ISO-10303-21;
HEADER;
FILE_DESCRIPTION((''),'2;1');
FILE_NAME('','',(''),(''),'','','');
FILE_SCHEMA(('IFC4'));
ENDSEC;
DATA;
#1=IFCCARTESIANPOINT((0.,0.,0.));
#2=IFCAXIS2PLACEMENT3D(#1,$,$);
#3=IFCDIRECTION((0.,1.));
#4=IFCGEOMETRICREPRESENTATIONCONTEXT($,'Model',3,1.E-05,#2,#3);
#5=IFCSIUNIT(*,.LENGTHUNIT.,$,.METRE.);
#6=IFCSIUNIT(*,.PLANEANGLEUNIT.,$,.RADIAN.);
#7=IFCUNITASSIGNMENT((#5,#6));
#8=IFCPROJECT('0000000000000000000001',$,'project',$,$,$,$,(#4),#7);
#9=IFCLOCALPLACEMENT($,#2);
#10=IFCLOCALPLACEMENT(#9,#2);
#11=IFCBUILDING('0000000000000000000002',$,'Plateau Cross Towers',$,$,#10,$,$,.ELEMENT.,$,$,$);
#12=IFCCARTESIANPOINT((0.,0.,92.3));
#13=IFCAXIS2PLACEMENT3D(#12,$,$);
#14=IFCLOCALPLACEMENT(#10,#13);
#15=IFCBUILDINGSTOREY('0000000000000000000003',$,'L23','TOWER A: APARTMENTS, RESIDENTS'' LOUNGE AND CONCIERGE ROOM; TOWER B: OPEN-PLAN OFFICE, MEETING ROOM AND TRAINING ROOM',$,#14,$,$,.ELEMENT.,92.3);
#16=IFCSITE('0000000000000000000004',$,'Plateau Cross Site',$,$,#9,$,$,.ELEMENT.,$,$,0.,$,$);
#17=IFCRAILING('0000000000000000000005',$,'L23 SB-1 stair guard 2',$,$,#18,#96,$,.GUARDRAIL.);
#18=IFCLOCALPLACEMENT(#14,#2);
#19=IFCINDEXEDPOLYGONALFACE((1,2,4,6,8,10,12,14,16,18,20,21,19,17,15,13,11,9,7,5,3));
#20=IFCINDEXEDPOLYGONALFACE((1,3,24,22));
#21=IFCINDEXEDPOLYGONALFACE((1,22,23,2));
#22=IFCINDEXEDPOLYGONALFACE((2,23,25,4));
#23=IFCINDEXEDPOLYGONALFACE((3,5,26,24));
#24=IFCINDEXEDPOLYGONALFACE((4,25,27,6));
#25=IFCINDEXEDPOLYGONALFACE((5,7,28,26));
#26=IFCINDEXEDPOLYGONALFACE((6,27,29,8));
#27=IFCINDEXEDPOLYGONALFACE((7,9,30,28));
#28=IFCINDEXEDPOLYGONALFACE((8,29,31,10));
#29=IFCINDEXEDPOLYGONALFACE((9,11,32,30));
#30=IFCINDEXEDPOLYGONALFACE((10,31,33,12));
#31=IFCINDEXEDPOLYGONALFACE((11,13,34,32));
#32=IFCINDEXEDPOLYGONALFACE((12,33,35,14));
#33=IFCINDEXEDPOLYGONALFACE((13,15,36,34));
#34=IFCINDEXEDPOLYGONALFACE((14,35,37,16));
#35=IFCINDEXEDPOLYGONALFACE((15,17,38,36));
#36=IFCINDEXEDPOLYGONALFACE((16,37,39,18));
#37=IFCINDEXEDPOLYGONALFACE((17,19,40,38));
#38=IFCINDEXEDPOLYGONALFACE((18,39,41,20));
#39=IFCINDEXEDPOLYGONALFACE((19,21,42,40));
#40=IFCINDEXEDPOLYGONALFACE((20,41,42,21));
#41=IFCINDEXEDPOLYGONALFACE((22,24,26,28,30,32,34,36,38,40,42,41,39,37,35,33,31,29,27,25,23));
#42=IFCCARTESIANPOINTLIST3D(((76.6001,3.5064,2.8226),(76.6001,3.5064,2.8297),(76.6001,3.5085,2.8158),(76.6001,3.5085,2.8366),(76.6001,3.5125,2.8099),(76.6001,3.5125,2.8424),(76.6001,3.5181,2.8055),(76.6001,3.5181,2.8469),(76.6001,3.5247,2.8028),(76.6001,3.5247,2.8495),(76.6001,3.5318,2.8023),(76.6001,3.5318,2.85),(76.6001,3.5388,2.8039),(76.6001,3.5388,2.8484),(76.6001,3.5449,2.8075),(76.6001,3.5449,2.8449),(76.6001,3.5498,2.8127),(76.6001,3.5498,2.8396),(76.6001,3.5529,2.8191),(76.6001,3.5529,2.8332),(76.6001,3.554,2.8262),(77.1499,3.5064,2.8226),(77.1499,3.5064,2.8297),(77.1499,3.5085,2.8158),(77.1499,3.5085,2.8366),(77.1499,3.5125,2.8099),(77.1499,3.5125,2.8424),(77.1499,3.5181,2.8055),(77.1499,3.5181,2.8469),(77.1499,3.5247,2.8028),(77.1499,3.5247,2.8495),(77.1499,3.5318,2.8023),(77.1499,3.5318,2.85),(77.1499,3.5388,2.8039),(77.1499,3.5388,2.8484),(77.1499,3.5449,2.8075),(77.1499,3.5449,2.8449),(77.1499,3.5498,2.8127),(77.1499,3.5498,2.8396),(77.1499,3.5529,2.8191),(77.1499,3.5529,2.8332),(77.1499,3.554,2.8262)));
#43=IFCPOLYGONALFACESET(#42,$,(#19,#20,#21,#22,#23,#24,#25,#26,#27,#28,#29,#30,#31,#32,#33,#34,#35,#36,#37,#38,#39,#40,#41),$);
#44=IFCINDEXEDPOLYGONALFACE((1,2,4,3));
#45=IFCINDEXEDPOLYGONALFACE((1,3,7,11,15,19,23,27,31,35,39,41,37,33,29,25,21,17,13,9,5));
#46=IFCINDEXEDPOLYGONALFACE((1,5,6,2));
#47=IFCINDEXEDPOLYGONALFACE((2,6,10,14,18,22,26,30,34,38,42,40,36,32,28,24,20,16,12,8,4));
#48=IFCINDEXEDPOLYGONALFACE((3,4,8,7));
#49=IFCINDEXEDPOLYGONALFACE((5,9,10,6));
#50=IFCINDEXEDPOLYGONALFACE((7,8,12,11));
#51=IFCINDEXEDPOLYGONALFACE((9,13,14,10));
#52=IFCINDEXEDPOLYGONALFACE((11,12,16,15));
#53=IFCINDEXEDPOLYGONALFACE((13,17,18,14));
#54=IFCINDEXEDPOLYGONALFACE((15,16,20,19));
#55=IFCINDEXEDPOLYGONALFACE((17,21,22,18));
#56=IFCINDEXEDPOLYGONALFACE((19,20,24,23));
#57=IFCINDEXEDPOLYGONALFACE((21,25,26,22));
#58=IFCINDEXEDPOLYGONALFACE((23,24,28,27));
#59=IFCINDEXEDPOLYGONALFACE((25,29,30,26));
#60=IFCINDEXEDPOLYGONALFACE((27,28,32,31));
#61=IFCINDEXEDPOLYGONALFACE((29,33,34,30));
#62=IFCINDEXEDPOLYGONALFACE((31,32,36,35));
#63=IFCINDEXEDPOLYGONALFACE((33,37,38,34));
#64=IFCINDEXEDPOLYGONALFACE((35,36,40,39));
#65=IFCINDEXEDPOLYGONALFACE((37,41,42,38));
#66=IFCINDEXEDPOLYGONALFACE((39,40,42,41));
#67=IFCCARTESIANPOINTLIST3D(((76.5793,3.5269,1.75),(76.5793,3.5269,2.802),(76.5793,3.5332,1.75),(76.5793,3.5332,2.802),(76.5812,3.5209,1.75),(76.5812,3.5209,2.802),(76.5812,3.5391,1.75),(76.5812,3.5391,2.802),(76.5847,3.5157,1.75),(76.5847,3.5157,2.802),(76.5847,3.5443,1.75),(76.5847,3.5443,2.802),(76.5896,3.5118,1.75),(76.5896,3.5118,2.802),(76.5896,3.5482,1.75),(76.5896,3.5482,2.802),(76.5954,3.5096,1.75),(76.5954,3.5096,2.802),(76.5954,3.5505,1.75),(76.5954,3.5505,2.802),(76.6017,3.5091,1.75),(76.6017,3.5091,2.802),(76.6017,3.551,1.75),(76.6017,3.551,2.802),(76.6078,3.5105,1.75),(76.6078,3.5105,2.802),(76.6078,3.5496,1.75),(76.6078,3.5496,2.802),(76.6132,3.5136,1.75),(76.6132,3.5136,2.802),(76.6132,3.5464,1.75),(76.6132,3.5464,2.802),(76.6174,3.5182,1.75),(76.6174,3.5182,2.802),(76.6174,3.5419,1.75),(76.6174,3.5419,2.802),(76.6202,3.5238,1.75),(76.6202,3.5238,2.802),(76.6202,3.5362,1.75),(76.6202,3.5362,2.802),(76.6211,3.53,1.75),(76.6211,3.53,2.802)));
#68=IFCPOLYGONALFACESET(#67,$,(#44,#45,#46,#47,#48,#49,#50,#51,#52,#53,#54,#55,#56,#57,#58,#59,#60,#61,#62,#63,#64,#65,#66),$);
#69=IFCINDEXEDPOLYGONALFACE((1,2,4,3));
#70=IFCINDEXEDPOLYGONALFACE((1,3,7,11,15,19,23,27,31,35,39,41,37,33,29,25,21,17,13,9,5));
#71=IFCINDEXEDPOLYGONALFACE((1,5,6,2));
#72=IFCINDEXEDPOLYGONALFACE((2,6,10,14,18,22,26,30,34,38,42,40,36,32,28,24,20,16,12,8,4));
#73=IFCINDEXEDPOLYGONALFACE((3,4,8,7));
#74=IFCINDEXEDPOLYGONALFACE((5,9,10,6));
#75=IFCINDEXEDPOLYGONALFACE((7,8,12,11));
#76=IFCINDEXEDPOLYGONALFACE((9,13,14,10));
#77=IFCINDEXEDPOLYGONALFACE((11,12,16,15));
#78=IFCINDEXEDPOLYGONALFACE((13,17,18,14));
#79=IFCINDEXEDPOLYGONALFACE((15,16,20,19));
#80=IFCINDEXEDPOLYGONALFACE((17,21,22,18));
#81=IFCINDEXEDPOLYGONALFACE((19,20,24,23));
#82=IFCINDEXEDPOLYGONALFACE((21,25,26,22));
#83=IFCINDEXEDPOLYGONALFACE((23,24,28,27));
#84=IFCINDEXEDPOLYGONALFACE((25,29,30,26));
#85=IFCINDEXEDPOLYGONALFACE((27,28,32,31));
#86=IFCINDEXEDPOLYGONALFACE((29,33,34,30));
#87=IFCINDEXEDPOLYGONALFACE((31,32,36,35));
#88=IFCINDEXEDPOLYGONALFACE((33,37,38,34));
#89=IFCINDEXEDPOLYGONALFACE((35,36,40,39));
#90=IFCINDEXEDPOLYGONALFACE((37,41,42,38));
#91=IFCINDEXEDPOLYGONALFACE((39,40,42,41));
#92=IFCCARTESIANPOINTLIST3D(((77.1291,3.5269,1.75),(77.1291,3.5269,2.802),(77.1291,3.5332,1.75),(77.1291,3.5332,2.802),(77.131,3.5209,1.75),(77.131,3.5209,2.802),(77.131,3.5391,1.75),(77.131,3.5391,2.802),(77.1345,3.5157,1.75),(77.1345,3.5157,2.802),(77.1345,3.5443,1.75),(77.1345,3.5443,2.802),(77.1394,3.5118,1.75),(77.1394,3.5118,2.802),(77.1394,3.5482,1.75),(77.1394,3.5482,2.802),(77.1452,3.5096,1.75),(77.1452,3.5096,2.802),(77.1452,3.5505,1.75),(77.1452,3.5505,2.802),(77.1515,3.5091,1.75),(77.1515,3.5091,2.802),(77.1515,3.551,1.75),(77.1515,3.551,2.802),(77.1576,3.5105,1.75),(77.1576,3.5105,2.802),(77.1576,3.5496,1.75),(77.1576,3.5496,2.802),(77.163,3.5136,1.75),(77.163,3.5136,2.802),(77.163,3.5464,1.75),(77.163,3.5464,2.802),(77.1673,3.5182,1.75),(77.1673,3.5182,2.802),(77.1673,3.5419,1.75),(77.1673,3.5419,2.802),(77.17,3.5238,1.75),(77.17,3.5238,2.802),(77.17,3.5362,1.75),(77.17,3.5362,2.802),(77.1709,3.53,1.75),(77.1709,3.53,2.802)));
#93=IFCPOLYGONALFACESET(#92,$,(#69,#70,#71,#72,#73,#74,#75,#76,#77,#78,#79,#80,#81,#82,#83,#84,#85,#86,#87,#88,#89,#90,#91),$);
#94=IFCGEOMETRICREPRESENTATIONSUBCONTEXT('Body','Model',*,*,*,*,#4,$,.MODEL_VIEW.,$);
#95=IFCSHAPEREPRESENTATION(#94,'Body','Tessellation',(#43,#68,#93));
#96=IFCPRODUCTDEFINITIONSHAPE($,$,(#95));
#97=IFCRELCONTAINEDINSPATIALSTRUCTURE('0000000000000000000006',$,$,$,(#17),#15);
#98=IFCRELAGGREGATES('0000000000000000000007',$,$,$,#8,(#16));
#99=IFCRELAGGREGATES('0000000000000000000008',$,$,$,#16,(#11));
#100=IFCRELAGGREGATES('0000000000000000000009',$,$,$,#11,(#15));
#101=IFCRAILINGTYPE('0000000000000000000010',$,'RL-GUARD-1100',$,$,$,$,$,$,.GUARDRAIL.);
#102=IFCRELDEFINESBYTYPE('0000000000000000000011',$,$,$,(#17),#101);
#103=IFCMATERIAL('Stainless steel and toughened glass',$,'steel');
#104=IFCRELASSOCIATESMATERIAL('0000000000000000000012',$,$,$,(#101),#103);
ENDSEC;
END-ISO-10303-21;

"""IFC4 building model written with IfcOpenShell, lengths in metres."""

from ifc_helpers import new_model, si_unit, direction, frame, origin, origin_2d, place, context, subcontext, project, spatial, circle, extrude, material, type_object, element, save


model = new_model("IFC4")

# Units and contexts
model_context = context("Model", 3, precision=1e-05, world=origin(), true_north=direction((0.0, 1.0)))
body_context = subcontext(model_context, "Body", "Model", "MODEL_VIEW")
ifc_project = project(units=[si_unit("LENGTHUNIT", "METRE"), si_unit("PLANEANGLEUNIT", "RADIAN")], contexts=[model_context])

# Site, building, storey
site_placement = place(None, origin())
site = spatial("IfcSite", under=ifc_project, at=site_placement, Name="Plateau Cross Site", CompositionType="ELEMENT", RefElevation=0.0)
building_placement = place(site_placement, origin())
building = spatial("IfcBuilding", under=site, at=building_placement, Name="Plateau Cross Towers", CompositionType="ELEMENT")
storey_placement = place(building_placement, frame((0.0, 0.0, 92.3)))
storey = spatial("IfcBuildingStorey", under=building, at=storey_placement, Name="L23", Description="TOWER A: APARTMENTS, RESIDENTS' LOUNGE AND CONCIERGE ROOM; TOWER B: OPEN-PLAN OFFICE, MEETING ROOM AND TRAINING ROOM", CompositionType="ELEMENT", Elevation=92.3)

# Railing
ifc_material_1 = material(Name="Stainless steel and toughened glass", Category="steel")
railing_type_1 = type_object("IfcRailingType", Name="RL-GUARD-1100", PredefinedType="GUARDRAIL", material=ifc_material_1)
railing_1_placement = place(storey_placement, frame((76.6001, 3.53, 1.75)))
element("IfcRailing", 1, at=railing_1_placement, inside=storey, type_object=railing_type_1, Name="L23 SB-1 stair guard 2", PredefinedType="GUARDRAIL", context=body_context, shape_type="SweptSolid", body=[
    extrude(circle(Radius=0.0239, at=origin_2d()), frame((0.0, 0.0, 1.0762), z_axis=(1.0, 0.0, 0.0), x_axis=(0.0, 1.0, 0.0)), (0.0, 0.0, 1.0), 0.5498),
    extrude(circle(Radius=0.021, at=origin_2d()), origin(), (0.0, 0.0, 1.0), 1.052),
    extrude(circle(Radius=0.021, at=origin_2d()), frame((0.5498, 0.0, 0.0)), (0.0, 0.0, 1.0), 1.052),
])

save(model, "model.ifc")
